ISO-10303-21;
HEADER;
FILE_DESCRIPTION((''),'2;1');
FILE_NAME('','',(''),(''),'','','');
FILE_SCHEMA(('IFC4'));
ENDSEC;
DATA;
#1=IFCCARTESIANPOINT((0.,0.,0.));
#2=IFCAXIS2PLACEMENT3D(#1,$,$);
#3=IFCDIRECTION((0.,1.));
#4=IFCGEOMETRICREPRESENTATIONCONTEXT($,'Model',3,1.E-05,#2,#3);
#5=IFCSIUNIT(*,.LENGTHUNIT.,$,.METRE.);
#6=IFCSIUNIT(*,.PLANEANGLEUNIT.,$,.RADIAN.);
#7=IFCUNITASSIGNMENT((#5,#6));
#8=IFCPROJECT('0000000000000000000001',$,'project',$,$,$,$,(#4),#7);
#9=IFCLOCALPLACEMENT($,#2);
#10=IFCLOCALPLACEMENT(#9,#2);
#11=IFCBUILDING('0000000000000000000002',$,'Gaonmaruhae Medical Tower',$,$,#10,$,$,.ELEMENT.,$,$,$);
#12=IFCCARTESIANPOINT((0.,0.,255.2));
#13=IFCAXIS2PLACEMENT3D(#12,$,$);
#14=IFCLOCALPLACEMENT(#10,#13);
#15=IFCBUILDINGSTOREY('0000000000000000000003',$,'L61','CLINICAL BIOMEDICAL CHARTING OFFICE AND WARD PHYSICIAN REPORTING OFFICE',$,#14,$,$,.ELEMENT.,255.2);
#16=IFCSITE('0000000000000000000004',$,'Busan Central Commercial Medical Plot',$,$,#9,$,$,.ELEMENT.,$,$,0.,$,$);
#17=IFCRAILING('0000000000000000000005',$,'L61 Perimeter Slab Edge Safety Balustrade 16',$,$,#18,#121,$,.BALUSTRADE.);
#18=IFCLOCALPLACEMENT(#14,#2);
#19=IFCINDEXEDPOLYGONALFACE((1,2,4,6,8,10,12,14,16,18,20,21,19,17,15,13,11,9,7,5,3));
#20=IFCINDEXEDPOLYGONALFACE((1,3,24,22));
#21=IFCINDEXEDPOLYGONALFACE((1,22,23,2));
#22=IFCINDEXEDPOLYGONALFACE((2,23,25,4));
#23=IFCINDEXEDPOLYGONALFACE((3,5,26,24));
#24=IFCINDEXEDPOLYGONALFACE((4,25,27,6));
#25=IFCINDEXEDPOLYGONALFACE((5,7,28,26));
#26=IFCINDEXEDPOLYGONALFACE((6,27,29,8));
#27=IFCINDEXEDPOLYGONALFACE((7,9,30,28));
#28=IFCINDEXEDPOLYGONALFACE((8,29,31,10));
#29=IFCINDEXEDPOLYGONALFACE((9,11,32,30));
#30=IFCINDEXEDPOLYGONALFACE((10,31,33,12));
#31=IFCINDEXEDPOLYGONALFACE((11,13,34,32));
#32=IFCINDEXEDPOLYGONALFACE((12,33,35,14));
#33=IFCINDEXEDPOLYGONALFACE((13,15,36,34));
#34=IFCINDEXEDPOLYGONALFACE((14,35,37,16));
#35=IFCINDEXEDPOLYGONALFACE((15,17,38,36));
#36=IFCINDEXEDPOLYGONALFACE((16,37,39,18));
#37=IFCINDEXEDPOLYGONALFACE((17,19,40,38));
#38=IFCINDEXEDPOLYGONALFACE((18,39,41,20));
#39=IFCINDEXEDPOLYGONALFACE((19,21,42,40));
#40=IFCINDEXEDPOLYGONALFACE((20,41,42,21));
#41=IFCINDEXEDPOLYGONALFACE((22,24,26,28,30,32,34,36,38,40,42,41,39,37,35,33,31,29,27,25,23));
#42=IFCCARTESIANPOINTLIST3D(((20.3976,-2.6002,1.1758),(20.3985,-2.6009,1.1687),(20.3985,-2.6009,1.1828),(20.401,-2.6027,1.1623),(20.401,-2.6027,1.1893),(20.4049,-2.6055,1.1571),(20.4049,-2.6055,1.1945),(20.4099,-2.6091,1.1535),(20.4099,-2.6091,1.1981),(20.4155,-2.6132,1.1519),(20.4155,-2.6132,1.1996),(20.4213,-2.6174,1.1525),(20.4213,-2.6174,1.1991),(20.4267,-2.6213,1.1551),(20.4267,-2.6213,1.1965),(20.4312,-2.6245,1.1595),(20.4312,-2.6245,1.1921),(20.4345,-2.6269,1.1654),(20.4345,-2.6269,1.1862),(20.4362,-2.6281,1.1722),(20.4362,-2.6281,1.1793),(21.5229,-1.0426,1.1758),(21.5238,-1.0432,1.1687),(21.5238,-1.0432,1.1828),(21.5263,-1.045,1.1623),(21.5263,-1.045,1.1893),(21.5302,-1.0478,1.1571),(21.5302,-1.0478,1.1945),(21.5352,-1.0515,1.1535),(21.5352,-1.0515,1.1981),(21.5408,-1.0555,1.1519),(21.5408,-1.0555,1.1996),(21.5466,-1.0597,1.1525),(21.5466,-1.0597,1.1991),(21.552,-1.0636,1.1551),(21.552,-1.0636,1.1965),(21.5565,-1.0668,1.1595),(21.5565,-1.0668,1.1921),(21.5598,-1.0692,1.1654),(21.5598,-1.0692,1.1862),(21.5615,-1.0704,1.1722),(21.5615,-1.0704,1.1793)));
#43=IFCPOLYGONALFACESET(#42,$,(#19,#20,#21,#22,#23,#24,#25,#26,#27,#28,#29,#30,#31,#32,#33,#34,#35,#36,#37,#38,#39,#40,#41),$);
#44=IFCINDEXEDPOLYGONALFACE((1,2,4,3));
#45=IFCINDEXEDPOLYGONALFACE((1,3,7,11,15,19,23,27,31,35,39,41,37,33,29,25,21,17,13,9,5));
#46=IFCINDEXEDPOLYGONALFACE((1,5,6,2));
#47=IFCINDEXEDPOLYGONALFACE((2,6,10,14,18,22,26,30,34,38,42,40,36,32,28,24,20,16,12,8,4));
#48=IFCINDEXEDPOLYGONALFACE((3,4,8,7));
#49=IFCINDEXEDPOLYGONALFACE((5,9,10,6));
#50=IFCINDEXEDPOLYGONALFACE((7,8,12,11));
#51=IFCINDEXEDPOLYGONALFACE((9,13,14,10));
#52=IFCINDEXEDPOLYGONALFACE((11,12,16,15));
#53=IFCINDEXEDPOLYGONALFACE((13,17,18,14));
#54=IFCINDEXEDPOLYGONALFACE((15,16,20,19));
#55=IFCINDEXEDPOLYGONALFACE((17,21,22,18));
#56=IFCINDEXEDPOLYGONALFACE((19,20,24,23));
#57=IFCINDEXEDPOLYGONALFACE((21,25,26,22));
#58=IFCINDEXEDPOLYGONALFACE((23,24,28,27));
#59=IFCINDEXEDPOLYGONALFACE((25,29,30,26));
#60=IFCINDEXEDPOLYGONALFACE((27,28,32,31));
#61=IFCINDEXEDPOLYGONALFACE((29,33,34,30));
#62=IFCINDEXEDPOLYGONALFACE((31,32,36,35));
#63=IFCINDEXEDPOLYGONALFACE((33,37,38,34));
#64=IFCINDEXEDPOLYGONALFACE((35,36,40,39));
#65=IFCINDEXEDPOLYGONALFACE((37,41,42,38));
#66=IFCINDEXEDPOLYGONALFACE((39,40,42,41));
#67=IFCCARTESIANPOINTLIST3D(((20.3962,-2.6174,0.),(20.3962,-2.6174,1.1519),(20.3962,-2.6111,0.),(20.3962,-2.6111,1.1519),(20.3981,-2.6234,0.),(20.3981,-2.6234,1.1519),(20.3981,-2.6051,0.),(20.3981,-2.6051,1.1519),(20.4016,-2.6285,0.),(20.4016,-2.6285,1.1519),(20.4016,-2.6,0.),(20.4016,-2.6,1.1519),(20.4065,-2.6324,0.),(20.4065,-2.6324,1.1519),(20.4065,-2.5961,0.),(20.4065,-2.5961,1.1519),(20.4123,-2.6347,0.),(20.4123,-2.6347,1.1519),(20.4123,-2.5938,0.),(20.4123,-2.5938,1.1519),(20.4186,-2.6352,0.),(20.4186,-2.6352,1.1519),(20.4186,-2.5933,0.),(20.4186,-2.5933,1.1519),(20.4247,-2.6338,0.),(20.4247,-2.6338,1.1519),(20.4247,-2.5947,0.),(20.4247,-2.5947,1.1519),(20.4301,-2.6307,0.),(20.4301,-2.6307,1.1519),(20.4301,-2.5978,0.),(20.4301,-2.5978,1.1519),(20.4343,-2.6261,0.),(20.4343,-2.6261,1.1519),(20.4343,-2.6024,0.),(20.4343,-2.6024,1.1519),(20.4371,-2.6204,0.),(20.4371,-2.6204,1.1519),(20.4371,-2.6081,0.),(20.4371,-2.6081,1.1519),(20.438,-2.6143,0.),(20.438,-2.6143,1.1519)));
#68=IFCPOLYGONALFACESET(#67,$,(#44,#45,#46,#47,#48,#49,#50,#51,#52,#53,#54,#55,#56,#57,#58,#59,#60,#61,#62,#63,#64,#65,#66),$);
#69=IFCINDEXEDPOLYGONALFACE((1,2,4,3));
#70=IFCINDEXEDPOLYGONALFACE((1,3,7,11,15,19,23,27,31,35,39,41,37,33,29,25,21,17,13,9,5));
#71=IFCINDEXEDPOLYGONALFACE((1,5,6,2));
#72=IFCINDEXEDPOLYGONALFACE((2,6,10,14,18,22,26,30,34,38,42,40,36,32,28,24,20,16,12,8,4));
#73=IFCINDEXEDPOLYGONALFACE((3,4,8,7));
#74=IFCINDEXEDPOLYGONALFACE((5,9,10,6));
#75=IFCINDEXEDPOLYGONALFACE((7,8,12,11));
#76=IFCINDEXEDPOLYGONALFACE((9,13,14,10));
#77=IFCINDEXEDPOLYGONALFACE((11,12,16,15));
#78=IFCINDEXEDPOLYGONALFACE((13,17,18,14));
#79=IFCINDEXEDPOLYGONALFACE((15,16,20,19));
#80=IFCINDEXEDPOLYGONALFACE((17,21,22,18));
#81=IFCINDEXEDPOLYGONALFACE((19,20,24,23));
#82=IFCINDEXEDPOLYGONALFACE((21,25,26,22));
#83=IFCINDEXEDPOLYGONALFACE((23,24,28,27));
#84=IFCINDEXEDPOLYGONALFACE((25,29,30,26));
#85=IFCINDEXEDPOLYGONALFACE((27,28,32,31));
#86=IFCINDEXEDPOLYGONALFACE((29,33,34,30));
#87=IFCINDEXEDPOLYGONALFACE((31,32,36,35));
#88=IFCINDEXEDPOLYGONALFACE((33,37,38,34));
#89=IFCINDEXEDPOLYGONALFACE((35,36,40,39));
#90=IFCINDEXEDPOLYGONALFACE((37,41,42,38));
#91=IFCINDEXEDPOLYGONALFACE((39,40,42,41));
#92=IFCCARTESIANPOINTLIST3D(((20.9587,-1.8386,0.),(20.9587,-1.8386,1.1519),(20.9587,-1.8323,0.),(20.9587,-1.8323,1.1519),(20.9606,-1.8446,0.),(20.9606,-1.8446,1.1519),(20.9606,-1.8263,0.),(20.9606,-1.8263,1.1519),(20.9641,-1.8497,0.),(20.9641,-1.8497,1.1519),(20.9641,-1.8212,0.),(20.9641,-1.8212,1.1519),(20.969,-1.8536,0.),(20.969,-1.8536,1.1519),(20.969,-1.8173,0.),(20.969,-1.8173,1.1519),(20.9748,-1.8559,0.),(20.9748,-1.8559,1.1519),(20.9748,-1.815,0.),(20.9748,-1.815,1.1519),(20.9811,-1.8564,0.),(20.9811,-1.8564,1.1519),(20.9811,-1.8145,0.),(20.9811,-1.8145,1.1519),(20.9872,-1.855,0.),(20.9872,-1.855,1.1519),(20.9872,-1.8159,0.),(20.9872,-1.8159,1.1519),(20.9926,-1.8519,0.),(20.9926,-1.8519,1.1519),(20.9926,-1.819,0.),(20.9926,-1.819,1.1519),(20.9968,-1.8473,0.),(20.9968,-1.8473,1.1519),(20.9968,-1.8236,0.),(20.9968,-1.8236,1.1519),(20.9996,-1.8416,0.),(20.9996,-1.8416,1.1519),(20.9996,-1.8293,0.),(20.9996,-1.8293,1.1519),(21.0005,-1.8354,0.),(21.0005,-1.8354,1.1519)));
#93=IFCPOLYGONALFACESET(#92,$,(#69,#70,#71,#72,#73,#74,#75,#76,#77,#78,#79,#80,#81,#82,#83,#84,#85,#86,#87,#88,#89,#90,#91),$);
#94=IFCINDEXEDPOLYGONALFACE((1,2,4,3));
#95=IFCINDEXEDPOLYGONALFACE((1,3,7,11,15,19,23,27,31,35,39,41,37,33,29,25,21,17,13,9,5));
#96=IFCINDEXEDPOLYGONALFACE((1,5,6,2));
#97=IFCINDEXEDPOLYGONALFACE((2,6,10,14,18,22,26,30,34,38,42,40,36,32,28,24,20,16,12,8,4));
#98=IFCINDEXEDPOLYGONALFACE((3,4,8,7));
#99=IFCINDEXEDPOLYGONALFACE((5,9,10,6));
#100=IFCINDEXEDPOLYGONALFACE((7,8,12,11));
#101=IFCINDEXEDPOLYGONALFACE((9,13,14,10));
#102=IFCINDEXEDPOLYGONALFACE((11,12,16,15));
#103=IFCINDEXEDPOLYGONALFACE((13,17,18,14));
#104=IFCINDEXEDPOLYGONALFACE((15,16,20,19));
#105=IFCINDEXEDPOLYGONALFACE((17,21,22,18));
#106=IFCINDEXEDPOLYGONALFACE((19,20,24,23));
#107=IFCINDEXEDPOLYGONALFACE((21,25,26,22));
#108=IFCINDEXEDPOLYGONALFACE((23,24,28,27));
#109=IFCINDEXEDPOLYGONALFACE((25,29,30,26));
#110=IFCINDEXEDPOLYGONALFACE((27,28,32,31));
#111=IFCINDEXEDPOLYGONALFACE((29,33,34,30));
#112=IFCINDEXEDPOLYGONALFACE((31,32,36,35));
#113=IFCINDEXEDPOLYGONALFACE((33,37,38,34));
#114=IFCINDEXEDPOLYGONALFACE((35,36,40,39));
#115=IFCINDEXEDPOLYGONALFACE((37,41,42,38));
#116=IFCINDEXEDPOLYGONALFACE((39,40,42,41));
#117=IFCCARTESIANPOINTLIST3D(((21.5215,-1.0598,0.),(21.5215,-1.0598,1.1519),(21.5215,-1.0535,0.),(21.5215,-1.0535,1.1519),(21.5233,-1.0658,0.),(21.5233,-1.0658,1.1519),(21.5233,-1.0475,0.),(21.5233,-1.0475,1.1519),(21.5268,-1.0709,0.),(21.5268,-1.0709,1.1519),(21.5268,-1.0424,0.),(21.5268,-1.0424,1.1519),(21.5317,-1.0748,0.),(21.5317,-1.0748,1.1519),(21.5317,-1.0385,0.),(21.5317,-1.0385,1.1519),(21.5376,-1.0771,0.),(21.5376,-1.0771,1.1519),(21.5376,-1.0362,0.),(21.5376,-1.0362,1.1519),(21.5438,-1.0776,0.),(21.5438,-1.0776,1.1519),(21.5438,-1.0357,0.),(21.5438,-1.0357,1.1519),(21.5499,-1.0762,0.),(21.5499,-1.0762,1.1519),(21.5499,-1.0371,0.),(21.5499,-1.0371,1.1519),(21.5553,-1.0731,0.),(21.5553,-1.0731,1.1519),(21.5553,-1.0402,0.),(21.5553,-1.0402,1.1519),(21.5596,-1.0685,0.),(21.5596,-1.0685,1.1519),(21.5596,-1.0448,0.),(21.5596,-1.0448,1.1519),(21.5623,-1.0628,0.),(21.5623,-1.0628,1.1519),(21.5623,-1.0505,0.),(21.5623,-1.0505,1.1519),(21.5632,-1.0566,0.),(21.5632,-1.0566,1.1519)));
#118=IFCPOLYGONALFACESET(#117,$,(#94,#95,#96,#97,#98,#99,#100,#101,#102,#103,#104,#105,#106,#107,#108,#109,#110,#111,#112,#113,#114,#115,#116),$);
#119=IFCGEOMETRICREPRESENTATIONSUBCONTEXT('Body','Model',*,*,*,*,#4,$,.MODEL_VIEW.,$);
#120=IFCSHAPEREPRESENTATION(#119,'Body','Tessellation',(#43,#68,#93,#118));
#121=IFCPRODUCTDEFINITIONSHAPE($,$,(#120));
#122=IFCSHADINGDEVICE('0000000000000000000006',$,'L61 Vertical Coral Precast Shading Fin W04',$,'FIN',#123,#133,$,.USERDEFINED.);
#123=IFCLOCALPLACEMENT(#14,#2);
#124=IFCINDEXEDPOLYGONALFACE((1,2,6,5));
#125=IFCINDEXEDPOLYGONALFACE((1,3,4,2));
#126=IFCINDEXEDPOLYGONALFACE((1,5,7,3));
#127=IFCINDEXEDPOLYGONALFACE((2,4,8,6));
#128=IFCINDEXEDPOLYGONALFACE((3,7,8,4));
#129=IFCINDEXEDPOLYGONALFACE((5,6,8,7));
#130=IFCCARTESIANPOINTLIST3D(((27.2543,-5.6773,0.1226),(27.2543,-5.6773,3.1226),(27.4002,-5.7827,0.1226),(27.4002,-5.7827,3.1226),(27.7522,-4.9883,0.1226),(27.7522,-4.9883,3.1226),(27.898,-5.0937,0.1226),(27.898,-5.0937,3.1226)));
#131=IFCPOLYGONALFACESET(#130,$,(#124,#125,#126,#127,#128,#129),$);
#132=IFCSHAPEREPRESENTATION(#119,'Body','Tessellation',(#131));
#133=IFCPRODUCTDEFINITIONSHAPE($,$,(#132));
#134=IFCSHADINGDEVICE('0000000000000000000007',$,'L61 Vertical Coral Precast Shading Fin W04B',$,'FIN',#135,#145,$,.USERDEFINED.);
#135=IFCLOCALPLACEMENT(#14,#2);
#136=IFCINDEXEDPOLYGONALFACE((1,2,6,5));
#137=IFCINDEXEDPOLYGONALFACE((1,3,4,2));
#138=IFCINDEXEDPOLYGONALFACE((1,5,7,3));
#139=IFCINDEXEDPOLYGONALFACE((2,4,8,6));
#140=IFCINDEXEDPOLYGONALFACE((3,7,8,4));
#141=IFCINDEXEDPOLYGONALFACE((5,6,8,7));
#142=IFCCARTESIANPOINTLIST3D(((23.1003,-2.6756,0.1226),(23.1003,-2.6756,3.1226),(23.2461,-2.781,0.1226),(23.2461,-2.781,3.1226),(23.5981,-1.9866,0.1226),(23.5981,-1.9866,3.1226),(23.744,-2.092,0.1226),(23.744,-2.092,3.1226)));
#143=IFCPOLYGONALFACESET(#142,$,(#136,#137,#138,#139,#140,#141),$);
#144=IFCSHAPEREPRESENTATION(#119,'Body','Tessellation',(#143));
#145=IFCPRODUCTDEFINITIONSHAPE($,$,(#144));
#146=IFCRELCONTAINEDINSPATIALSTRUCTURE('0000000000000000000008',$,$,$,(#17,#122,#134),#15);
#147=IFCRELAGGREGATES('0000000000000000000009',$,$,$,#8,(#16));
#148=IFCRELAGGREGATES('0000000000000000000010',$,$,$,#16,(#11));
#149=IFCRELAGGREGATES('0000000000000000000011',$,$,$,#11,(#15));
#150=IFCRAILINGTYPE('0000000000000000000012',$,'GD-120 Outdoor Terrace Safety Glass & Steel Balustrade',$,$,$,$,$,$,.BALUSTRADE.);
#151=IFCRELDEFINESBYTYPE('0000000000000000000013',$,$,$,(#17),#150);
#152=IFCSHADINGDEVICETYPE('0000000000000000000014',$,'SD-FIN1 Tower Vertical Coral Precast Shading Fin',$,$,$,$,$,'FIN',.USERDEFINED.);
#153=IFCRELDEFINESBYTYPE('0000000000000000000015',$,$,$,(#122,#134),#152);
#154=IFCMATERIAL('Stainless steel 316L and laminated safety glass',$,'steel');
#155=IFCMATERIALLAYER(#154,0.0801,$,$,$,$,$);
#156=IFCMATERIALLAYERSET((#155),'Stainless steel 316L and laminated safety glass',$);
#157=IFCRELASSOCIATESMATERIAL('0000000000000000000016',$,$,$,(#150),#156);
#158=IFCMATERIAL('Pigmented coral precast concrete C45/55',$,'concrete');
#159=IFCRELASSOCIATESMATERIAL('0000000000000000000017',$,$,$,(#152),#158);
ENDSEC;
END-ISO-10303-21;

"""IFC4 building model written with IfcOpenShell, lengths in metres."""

from ifc_helpers import new_model, si_unit, direction, frame, origin, origin_2d, place, context, subcontext, project, spatial, rectangle, circle, extrude, material, layer, layer_set, type_object, element, save


model = new_model("IFC4")

# Units and contexts
model_context = context("Model", 3, precision=1e-05, world=origin(), true_north=direction((0.0, 1.0)))
body_context = subcontext(model_context, "Body", "Model", "MODEL_VIEW")
ifc_project = project(units=[si_unit("LENGTHUNIT", "METRE"), si_unit("PLANEANGLEUNIT", "RADIAN")], contexts=[model_context])

# Site, building, storey
site_placement = place(None, origin())
site = spatial("IfcSite", under=ifc_project, at=site_placement, Name="Busan Central Commercial Medical Plot", CompositionType="ELEMENT", RefElevation=0.0)
building_placement = place(site_placement, origin())
building = spatial("IfcBuilding", under=site, at=building_placement, Name="Gaonmaruhae Medical Tower", CompositionType="ELEMENT")
storey_placement = place(building_placement, frame((0.0, 0.0, 255.2)))
storey = spatial("IfcBuildingStorey", under=building, at=storey_placement, Name="L61", Description="CLINICAL BIOMEDICAL CHARTING OFFICE AND WARD PHYSICIAN REPORTING OFFICE", CompositionType="ELEMENT", Elevation=255.2)

# Railing
ifc_material_1 = material(Name="Stainless steel 316L and laminated safety glass", Category="steel")
ifc_layer_1 = layer(ifc_material_1, 0.0801)
ifc_layer_set_1 = layer_set([ifc_layer_1], Name="Stainless steel 316L and laminated safety glass")
railing_type = type_object("IfcRailingType", Name="GD-120 Outdoor Terrace Safety Glass & Steel Balustrade", PredefinedType="BALUSTRADE", material=ifc_layer_set_1)
railing_1_placement = place(storey_placement, frame((20.417, -2.6143, 0.0)))
element("IfcRailing", 1, at=railing_1_placement, inside=storey, type_object=railing_type, Name="L61 Perimeter Slab Edge Safety Balustrade 16", PredefinedType="BALUSTRADE", context=body_context, shape_type="SweptSolid", body=[
    extrude(circle(Radius=0.0239, at=origin_2d()), frame((0.0, 0.0, 1.1758), z_axis=(0.585593, 0.810606, 0.0), x_axis=(-0.810606, 0.585593, 0.0)), (0.0, 0.0, 1.0), 1.9216),
    extrude(circle(Radius=0.021, at=origin_2d()), origin(), (0.0, 0.0, 1.0), 1.1519),
    extrude(circle(Radius=0.021, at=origin_2d()), frame((0.5625, 0.7788, 0.0)), (0.0, 0.0, 1.0), 1.1519),
    extrude(circle(Radius=0.021, at=origin_2d()), frame((1.1252, 1.5576, 0.0)), (0.0, 0.0, 1.0), 1.1519),
])

# Shading devices
ifc_material_2 = material(Name="Pigmented coral precast concrete C45/55", Category="concrete")
shading_device_type = type_object("IfcShadingDeviceType", Name="SD-FIN1 Tower Vertical Coral Precast Shading Fin", ElementType="FIN", PredefinedType="USERDEFINED", material=ifc_material_2)
for number, where, z_axis, x_axis, name in (
    (2, (27.5762, -5.3855, 0.1226), (0.0, 0.0, 1.0), (-0.810553, 0.585665, 0.0), "L61 Vertical Coral Precast Shading Fin W04"),
    (3, (23.4221, -2.3838, 0.1226), (0.0, 0.0, 1.0), (-0.810553, 0.585665, 0.0), "L61 Vertical Coral Precast Shading Fin W04B"),
):
    element("IfcShadingDevice", number, at=place(storey_placement, frame(where, z_axis=z_axis, x_axis=x_axis)), inside=storey, type_object=shading_device_type, Name=name, ObjectType="FIN", PredefinedType="USERDEFINED", context=body_context, shape_type="SweptSolid", body=[
        extrude(rectangle(XDim=0.1799, YDim=0.8501, at=origin_2d()), origin(), (0.0, 0.0, 1.0), 3.0),
    ])

save(model, "model.ifc")
